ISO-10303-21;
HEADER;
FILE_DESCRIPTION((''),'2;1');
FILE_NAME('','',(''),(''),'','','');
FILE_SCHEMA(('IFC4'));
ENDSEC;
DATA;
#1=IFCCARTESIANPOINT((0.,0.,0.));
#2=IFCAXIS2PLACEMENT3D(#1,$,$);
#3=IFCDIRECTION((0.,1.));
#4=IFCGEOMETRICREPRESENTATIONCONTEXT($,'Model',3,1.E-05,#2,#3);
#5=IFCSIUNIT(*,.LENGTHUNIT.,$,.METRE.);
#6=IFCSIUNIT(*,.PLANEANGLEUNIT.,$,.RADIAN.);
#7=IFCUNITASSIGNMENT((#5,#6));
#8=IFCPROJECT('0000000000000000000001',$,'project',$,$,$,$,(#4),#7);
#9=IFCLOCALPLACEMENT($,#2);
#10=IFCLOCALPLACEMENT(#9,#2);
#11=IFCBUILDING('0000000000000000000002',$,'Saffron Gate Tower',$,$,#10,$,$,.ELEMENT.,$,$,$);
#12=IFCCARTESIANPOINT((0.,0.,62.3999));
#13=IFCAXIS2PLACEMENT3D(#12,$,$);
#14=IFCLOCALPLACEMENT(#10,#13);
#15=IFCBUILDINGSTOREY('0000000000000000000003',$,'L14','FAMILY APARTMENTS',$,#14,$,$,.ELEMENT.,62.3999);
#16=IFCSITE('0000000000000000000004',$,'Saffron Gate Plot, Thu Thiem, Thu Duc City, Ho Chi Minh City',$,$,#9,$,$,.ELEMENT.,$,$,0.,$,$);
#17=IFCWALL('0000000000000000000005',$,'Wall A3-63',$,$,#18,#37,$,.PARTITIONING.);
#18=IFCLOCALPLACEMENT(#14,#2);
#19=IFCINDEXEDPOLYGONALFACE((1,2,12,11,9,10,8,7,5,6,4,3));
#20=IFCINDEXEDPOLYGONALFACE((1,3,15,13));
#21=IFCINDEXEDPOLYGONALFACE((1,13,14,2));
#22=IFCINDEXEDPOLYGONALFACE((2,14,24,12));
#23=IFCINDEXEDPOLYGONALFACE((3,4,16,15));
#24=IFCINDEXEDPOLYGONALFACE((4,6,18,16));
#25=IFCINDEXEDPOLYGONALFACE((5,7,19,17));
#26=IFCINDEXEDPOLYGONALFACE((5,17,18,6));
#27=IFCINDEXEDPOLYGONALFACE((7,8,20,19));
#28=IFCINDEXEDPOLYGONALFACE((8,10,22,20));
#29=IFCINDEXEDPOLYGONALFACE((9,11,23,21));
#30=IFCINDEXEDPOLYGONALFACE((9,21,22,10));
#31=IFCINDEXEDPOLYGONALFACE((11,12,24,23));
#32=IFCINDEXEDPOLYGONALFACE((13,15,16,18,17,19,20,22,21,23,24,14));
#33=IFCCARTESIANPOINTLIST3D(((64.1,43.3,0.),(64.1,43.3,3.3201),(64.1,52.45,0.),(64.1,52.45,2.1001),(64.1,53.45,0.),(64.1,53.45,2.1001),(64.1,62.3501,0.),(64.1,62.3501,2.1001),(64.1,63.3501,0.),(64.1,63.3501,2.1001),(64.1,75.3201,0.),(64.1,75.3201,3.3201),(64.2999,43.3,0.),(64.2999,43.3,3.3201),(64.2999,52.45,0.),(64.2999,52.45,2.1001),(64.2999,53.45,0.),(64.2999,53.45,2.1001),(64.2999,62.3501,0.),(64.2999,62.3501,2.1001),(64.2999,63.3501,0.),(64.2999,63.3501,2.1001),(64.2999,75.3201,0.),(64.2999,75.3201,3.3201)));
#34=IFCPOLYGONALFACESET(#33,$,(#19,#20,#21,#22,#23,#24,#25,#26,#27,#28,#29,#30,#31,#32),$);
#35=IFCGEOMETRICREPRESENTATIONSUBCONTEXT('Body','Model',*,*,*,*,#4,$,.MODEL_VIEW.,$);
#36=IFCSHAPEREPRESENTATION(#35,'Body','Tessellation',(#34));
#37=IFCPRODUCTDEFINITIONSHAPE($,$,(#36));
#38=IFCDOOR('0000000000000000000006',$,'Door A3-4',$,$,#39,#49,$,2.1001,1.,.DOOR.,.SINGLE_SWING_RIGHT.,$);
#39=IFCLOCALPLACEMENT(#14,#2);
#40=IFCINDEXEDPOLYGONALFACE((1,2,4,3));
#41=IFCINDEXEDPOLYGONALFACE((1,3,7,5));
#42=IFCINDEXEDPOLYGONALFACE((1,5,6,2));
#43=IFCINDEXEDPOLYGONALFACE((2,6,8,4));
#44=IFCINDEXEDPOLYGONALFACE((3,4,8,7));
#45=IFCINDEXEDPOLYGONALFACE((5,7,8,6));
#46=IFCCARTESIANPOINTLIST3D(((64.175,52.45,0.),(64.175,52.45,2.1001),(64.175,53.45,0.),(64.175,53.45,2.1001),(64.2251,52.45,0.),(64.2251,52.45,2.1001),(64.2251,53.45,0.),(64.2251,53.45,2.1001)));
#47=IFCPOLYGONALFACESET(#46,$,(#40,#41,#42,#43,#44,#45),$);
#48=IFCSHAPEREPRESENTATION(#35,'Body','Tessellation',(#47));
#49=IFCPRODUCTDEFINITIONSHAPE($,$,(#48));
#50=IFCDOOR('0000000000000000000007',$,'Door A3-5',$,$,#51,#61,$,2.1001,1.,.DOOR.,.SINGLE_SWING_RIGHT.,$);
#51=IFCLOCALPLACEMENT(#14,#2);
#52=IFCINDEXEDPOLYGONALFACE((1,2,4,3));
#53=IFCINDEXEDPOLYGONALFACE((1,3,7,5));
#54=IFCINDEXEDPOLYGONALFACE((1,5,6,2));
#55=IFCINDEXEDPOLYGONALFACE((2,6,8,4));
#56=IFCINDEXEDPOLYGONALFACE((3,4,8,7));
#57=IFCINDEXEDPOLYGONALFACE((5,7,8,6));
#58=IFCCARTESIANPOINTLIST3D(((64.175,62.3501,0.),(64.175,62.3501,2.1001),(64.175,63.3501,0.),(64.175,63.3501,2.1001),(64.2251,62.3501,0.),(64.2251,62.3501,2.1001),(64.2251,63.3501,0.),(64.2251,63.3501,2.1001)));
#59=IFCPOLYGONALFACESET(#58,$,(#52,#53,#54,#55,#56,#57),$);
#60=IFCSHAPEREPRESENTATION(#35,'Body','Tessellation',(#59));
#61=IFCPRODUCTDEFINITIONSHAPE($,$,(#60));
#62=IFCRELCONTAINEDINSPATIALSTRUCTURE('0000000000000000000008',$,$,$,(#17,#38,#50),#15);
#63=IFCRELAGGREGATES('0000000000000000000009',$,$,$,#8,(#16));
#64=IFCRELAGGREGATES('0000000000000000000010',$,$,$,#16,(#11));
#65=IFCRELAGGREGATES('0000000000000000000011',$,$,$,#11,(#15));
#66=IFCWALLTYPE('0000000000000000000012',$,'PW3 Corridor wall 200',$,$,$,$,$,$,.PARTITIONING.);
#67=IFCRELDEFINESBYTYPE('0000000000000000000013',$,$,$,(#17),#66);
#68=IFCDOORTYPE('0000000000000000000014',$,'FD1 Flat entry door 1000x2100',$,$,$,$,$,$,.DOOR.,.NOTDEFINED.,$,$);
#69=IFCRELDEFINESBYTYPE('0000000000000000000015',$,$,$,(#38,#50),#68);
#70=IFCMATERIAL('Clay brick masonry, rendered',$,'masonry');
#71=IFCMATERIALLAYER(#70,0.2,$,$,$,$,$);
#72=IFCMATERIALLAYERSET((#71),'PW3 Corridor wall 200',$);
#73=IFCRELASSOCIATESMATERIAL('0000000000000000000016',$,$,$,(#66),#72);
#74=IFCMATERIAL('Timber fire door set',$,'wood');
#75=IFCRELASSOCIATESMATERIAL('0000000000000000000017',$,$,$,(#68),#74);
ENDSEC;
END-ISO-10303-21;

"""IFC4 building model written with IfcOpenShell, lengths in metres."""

from ifc_helpers import new_model, si_unit, direction, frame, frame_2d, origin, place, context, subcontext, project, spatial, rectangle, extrude, material, layer, layer_set, type_object, element, fill, save


model = new_model("IFC4")

# Units and contexts
model_context = context("Model", 3, precision=1e-05, world=origin(), true_north=direction((0.0, 1.0)))
body_context = subcontext(model_context, "Body", "Model", "MODEL_VIEW")
ifc_project = project(units=[si_unit("LENGTHUNIT", "METRE"), si_unit("PLANEANGLEUNIT", "RADIAN")], contexts=[model_context])

# Site, building, storey
site_placement = place(None, origin())
site = spatial("IfcSite", under=ifc_project, at=site_placement, Name="Saffron Gate Plot, Thu Thiem, Thu Duc City, Ho Chi Minh City", CompositionType="ELEMENT", RefElevation=0.0)
building_placement = place(site_placement, origin())
building = spatial("IfcBuilding", under=site, at=building_placement, Name="Saffron Gate Tower", CompositionType="ELEMENT")
storey_placement = place(building_placement, frame((0.0, 0.0, 62.3999)))
storey = spatial("IfcBuildingStorey", under=building, at=storey_placement, Name="L14", Description="FAMILY APARTMENTS", CompositionType="ELEMENT", Elevation=62.3999)

# Wall, openings, doors
ifc_material_1 = material(Name="Clay brick masonry, rendered", Category="masonry")
ifc_layer_1 = layer(ifc_material_1, 0.2)
ifc_layer_set_1 = layer_set([ifc_layer_1], Name="PW3 Corridor wall 200")
wall_type_1 = type_object("IfcWallType", Name="PW3 Corridor wall 200", PredefinedType="PARTITIONING", material=ifc_layer_set_1)
wall_1_placement = place(storey_placement, frame((64.2, 43.3, 0.0), z_axis=(0.0, 0.0, 1.0), x_axis=(0.0, 1.0, 0.0)))
wall_1 = element("IfcWall", 1, at=wall_1_placement, inside=storey, type_object=wall_type_1, Name="Wall A3-63", PredefinedType="PARTITIONING", context=body_context, shape_type="SweptSolid", body=[
    extrude(rectangle(XDim=32.02, YDim=0.2, at=frame_2d((16.01, 0.0))), origin(), (0.0, 0.0, 1.0), 3.3201),
])
opening_1_placement = place(wall_1_placement, frame((9.1499, 0.0, 0.0)))
opening_1 = element("IfcOpeningElement", 2, at=opening_1_placement, cuts=wall_1, PredefinedType="OPENING", context=body_context, shape_type="SweptSolid", body=[
    extrude(rectangle(XDim=1.0, YDim=2.1001, at=frame_2d((0.5, 1.05))), frame((0.0, 0.1099, 0.0), z_axis=(0.0, -1.0, 0.0), x_axis=(1.0, 0.0, 0.0)), (0.0, 0.0, 1.0), 0.22),
])
opening_2_placement = place(wall_1_placement, frame((19.05, 0.0, 0.0)))
opening_2 = element("IfcOpeningElement", 3, at=opening_2_placement, cuts=wall_1, PredefinedType="OPENING", context=body_context, shape_type="SweptSolid", body=[
    extrude(rectangle(XDim=1.0, YDim=2.1001, at=frame_2d((0.5, 1.05))), frame((0.0, 0.1099, 0.0), z_axis=(0.0, -1.0, 0.0), x_axis=(1.0, 0.0, 0.0)), (0.0, 0.0, 1.0), 0.22),
])
ifc_material_2 = material(Name="Timber fire door set", Category="wood")
door_type_1 = type_object("IfcDoorType", Name="FD1 Flat entry door 1000x2100", OperationType="NOTDEFINED", PredefinedType="DOOR", material=ifc_material_2)
door_1_placement = place(opening_1_placement, origin())
door_1 = element("IfcDoor", 4, at=door_1_placement, inside=storey, type_object=door_type_1, Name="Door A3-4", OperationType="SINGLE_SWING_RIGHT", OverallHeight=2.1001, OverallWidth=1.0, PredefinedType="DOOR", context=body_context, shape_type="SweptSolid", body=[
    extrude(rectangle(XDim=1.0, YDim=2.1001, at=frame_2d((0.5, 1.05))), frame((0.0, 0.0249, 0.0), z_axis=(0.0, -1.0, 0.0), x_axis=(1.0, 0.0, 0.0)), (0.0, 0.0, 1.0), 0.05),
])
fill(opening_1, door_1)
door_2_placement = place(opening_2_placement, origin())
door_2 = element("IfcDoor", 5, at=door_2_placement, inside=storey, type_object=door_type_1, Name="Door A3-5", OperationType="SINGLE_SWING_RIGHT", OverallHeight=2.1001, OverallWidth=1.0, PredefinedType="DOOR", context=body_context, shape_type="SweptSolid", body=[
    extrude(rectangle(XDim=1.0, YDim=2.1001, at=frame_2d((0.5, 1.05))), frame((0.0, 0.0249, 0.0), z_axis=(0.0, -1.0, 0.0), x_axis=(1.0, 0.0, 0.0)), (0.0, 0.0, 1.0), 0.05),
])
fill(opening_2, door_2)

save(model, "model.ifc")
